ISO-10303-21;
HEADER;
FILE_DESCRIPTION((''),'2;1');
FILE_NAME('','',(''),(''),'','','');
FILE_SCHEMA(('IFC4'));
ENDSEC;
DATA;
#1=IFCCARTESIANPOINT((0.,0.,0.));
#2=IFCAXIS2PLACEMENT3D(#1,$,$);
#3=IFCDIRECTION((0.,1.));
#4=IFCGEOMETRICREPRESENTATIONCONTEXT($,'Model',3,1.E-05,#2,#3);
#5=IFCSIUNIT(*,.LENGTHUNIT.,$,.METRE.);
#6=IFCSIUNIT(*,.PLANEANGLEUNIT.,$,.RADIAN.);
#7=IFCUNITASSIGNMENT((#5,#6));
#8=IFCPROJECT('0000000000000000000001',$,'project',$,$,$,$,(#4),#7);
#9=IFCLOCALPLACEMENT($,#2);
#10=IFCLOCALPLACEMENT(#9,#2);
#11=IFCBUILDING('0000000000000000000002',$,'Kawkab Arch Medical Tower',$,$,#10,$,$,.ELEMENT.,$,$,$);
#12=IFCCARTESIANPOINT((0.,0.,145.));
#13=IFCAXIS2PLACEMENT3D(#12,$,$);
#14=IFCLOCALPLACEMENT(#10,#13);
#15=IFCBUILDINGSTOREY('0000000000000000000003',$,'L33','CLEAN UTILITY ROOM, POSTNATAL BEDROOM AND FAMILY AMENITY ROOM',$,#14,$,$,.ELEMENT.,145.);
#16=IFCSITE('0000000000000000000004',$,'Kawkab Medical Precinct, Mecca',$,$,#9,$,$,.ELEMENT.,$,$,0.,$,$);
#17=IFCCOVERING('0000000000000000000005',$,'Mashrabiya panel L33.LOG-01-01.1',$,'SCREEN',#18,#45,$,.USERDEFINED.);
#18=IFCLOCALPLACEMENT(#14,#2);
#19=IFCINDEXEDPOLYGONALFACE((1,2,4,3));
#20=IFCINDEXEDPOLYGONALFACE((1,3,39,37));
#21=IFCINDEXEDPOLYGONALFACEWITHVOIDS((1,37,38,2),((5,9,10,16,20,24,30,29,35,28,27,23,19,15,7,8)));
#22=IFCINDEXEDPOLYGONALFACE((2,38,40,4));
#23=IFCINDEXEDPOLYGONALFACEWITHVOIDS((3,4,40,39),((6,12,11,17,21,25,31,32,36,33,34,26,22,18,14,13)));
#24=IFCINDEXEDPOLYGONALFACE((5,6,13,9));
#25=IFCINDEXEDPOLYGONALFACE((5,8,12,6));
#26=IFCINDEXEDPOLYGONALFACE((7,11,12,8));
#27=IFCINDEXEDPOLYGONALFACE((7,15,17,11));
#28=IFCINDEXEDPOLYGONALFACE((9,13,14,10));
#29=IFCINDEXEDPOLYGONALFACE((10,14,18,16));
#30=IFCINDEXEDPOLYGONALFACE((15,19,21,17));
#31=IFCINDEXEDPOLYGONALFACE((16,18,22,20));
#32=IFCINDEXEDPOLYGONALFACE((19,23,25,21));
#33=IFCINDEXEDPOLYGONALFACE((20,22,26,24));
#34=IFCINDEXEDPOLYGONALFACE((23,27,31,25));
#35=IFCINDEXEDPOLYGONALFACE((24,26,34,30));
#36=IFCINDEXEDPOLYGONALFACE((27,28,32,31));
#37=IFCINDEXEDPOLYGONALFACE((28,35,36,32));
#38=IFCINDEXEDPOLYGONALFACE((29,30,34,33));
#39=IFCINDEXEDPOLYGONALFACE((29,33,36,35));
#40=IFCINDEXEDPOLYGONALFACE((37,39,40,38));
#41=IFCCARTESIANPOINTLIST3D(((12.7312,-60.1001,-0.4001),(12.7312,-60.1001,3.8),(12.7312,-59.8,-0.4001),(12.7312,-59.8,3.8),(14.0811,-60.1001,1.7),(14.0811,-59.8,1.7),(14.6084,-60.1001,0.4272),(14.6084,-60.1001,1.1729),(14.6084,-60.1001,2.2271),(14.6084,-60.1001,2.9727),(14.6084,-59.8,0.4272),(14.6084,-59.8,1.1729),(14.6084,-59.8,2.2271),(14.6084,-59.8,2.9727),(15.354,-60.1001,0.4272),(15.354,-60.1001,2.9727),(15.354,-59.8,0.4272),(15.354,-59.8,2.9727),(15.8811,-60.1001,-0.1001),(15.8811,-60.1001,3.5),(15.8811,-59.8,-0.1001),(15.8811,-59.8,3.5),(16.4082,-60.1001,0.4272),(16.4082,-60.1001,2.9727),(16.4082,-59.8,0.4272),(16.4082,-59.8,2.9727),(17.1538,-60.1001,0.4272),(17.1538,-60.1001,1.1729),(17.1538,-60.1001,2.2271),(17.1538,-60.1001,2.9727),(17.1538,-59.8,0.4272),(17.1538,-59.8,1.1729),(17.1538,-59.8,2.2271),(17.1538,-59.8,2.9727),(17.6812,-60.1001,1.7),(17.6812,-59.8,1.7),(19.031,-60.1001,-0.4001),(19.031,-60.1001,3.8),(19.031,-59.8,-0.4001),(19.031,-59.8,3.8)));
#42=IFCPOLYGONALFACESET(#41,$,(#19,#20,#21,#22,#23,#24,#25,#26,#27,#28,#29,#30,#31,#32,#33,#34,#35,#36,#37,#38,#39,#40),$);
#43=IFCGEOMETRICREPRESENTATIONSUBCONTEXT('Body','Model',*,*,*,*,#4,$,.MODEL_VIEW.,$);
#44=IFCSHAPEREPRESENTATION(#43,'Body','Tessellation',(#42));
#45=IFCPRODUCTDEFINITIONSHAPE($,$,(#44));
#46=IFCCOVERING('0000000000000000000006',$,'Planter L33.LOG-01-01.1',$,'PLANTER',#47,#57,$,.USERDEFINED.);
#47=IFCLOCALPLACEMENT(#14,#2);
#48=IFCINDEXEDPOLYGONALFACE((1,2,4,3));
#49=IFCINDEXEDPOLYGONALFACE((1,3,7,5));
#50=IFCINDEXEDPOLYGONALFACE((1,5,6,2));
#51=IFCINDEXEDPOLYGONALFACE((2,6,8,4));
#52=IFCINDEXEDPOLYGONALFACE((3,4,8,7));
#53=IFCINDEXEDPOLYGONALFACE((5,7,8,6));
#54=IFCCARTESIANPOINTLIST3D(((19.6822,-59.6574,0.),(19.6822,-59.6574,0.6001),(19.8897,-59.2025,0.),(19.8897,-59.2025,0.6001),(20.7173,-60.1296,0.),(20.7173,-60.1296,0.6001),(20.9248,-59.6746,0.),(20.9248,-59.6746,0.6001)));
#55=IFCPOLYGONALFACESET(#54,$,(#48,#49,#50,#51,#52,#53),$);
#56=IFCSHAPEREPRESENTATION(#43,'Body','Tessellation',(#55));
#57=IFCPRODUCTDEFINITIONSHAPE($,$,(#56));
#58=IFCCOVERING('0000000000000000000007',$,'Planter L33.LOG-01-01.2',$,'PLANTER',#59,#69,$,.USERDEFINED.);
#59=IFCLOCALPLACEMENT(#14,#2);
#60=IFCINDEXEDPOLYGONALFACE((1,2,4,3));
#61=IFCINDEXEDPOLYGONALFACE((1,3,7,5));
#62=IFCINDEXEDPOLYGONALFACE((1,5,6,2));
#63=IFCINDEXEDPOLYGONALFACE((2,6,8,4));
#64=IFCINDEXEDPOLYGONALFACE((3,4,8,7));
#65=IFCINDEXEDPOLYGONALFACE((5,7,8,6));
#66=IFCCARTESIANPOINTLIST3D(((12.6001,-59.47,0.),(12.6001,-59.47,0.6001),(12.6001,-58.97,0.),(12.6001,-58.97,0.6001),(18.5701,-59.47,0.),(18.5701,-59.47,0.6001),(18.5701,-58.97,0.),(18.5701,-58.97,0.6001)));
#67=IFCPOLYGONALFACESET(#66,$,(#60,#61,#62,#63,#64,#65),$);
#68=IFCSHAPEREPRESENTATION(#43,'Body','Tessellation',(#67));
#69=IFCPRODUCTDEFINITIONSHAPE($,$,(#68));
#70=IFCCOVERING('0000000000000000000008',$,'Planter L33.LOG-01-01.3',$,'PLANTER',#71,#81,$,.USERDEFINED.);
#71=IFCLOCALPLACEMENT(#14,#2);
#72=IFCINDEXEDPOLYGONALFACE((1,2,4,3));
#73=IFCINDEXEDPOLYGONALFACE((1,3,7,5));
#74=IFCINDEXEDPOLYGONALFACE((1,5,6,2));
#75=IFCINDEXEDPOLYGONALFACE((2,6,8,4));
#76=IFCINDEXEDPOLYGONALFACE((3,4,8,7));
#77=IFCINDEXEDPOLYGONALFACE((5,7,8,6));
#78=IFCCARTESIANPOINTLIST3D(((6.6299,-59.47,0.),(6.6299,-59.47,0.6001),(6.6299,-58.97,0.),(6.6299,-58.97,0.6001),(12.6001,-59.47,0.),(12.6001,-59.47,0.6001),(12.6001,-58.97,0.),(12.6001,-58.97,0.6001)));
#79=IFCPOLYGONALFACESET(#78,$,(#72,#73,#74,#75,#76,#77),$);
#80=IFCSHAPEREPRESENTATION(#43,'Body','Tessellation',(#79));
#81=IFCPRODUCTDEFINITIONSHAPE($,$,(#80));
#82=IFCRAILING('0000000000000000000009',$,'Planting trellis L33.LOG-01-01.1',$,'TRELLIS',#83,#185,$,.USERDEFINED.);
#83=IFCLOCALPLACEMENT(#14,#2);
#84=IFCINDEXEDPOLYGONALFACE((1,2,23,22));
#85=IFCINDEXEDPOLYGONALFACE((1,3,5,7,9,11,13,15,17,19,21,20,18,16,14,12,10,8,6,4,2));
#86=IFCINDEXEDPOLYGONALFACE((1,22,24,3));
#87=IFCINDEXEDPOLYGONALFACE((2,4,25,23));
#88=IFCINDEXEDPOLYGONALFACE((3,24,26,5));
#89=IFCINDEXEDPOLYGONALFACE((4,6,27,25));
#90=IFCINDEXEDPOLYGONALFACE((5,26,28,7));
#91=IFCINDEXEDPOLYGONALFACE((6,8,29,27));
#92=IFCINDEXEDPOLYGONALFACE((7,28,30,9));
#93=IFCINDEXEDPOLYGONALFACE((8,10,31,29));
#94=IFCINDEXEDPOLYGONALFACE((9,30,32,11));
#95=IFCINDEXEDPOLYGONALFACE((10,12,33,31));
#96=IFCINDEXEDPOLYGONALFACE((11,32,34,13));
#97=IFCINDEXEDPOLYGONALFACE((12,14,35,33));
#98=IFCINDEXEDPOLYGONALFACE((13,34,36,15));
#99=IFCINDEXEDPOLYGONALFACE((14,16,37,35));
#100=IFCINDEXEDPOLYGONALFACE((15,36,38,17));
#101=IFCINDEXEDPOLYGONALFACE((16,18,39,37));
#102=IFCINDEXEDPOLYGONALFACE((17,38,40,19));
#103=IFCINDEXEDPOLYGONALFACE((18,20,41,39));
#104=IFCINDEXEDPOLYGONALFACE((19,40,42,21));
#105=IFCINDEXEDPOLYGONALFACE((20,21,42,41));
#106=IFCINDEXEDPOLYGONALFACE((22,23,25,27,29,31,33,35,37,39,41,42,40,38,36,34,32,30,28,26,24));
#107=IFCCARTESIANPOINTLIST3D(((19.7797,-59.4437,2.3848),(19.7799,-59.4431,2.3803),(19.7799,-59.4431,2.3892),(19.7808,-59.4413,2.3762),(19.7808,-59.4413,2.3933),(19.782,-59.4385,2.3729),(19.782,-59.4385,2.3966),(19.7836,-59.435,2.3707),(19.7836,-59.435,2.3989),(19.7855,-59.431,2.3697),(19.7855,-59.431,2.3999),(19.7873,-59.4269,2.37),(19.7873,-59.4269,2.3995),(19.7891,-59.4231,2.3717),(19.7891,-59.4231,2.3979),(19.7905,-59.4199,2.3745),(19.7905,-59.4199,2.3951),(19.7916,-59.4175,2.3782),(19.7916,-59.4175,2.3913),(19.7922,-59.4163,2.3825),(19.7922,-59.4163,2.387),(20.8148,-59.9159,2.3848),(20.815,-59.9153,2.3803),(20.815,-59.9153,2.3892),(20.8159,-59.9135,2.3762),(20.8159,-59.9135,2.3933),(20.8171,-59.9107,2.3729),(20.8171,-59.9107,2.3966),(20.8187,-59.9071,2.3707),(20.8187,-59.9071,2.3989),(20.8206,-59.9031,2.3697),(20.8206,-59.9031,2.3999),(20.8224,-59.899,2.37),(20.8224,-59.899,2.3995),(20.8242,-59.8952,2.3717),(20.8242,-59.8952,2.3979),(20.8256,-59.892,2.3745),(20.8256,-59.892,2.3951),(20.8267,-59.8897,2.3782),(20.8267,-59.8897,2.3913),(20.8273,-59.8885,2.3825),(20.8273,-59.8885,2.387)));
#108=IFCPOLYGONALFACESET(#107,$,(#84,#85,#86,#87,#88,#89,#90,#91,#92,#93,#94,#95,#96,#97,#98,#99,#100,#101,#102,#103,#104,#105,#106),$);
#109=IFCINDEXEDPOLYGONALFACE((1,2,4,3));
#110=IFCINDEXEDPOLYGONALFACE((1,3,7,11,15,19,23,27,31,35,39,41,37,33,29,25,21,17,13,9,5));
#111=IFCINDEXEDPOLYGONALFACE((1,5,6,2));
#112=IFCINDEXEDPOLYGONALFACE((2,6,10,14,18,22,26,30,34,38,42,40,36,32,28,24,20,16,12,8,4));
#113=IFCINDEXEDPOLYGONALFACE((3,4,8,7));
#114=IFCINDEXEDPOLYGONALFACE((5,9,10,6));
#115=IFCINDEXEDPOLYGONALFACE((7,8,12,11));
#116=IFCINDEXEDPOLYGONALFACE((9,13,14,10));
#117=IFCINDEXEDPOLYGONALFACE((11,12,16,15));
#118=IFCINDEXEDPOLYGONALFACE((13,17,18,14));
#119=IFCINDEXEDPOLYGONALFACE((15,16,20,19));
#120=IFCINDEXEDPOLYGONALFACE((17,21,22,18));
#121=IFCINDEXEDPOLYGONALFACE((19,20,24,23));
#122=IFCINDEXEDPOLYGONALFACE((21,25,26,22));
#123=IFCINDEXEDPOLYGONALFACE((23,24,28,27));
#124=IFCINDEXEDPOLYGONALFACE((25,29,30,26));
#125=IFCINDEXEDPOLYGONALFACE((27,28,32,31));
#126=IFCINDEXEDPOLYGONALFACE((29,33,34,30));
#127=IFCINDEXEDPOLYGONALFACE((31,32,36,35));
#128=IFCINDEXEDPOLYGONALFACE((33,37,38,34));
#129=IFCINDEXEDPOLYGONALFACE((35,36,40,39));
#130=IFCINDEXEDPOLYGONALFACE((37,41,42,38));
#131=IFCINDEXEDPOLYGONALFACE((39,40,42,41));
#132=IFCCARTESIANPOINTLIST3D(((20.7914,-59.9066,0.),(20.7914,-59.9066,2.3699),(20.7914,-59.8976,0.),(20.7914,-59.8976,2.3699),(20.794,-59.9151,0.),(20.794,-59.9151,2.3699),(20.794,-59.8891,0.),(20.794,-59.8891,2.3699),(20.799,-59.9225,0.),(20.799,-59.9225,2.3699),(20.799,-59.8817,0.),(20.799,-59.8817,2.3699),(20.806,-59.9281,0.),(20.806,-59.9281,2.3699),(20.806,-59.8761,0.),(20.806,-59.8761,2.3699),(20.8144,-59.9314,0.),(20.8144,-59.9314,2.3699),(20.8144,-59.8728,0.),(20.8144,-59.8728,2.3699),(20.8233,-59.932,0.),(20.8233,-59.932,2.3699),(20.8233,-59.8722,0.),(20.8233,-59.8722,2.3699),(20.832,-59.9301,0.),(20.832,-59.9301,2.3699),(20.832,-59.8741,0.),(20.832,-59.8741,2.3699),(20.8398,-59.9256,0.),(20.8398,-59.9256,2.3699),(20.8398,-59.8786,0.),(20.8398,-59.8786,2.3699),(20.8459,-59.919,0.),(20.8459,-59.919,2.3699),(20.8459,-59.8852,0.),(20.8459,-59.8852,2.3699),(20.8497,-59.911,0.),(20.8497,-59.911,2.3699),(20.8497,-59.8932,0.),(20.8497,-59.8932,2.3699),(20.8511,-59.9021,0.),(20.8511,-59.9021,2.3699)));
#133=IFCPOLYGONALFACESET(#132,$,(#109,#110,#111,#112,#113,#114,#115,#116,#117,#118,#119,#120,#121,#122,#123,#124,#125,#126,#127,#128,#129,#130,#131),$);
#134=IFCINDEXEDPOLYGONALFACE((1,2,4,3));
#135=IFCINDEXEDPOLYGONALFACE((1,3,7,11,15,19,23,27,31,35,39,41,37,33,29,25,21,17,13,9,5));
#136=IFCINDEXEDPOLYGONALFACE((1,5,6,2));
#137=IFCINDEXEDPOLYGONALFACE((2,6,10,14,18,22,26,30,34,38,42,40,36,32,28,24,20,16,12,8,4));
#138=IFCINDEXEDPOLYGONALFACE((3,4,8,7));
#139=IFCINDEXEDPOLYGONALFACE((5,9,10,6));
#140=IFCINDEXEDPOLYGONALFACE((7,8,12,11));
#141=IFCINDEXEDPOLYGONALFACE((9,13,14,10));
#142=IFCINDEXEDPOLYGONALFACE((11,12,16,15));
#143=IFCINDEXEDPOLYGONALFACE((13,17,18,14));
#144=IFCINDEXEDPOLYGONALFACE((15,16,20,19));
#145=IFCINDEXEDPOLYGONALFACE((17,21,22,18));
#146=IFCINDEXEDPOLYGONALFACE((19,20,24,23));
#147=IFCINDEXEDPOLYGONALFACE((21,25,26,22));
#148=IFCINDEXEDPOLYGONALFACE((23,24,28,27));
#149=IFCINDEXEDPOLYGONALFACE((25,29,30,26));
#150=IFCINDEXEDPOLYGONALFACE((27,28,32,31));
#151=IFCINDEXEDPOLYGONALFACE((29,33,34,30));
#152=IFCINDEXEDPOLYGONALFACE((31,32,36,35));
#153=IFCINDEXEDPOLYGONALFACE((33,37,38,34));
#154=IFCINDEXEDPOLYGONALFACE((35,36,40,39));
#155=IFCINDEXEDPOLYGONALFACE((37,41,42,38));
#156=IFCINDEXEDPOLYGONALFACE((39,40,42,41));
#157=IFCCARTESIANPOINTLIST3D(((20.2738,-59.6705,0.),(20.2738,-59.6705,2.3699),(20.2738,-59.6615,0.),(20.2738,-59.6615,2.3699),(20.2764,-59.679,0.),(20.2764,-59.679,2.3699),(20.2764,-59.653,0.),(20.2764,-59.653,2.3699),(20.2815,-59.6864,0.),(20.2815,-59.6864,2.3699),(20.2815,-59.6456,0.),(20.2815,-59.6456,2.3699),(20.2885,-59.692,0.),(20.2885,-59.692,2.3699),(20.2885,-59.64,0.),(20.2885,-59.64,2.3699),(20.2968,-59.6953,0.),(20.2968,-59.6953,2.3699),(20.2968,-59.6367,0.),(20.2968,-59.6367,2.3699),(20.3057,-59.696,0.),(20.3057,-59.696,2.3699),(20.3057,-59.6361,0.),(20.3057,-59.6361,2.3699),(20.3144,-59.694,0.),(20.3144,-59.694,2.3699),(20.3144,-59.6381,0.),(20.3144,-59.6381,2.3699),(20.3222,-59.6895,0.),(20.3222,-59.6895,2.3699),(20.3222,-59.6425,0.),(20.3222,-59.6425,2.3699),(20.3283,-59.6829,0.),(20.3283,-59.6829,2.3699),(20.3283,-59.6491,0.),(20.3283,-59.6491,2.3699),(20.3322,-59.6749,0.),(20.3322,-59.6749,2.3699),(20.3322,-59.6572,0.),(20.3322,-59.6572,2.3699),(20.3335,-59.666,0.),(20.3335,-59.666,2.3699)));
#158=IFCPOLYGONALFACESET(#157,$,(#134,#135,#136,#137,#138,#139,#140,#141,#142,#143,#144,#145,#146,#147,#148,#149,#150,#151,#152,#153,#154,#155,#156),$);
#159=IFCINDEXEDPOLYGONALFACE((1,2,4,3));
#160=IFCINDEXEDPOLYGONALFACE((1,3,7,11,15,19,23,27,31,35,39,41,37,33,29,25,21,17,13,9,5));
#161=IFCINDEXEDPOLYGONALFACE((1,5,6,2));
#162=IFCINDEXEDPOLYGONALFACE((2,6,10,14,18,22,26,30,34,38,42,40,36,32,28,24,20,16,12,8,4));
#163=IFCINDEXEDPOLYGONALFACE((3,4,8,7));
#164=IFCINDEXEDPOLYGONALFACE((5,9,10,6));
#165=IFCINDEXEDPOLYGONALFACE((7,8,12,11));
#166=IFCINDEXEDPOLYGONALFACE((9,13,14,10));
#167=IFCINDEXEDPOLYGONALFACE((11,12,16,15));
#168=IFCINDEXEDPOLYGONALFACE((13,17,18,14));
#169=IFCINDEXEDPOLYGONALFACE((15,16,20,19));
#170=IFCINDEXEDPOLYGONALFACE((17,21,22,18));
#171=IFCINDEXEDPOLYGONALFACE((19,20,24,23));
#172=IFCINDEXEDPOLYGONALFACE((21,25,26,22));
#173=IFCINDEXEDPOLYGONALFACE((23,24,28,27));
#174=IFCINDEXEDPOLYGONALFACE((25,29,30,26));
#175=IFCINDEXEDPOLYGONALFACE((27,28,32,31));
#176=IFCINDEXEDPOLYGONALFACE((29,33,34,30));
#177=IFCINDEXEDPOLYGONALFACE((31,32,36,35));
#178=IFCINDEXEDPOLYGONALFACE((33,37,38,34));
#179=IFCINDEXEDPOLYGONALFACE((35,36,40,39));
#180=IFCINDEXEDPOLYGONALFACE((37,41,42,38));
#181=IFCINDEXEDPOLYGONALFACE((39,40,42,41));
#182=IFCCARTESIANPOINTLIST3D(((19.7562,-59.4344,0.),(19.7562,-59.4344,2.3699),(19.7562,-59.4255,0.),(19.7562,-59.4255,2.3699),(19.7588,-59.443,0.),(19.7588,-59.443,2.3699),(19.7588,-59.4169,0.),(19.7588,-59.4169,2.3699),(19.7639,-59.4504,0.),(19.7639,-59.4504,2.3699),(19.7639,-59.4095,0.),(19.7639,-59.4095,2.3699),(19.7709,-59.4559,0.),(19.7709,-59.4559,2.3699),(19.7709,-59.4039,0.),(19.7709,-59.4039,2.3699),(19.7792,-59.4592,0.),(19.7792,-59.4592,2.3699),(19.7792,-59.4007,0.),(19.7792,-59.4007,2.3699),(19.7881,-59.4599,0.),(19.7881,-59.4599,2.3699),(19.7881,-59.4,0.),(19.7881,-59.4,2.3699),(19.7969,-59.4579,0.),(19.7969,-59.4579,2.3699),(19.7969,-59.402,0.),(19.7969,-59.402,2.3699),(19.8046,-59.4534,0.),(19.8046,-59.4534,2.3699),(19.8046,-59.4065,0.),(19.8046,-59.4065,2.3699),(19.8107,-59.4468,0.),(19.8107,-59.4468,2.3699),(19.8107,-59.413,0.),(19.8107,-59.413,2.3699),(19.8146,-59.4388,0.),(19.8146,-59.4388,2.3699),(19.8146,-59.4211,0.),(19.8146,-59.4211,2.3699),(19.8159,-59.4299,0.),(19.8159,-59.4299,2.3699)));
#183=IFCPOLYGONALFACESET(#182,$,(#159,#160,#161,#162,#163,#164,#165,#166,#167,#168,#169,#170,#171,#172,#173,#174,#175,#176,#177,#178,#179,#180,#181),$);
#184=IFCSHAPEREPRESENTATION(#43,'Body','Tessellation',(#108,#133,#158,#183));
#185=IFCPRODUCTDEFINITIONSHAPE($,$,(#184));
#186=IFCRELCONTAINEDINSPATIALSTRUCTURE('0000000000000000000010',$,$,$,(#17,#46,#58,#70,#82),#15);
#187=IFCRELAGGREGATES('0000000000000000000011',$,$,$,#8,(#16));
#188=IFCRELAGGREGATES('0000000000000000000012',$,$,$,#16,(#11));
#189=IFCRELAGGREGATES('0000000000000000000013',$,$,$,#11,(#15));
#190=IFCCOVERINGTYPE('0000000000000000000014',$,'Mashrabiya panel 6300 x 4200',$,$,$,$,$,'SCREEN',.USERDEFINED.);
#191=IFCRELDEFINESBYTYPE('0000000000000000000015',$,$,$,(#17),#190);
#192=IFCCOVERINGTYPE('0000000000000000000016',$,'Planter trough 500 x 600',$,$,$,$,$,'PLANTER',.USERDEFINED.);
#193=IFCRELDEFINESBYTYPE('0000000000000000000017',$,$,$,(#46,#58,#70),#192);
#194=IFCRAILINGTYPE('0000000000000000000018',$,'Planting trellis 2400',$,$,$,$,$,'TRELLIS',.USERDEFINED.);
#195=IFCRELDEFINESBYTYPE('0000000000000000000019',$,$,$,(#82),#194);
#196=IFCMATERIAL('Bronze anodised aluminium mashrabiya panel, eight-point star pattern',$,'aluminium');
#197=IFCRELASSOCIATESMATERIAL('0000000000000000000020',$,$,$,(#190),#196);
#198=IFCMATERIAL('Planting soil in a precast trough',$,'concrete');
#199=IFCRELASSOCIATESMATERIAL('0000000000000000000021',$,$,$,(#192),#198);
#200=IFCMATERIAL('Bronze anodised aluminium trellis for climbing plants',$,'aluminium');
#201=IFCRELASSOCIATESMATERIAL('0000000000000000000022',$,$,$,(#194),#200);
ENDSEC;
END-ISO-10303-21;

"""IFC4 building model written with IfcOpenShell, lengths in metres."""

from ifc_helpers import new_model, si_unit, direction, frame, origin, origin_2d, place, context, subcontext, project, spatial, polyline, rectangle, circle, outline, extrude, material, material_profile, profile_set, type_object, element, save


model = new_model("IFC4")

# Units and contexts
model_context = context("Model", 3, precision=1e-05, world=origin(), true_north=direction((0.0, 1.0)))
body_context = subcontext(model_context, "Body", "Model", "MODEL_VIEW")
ifc_project = project(units=[si_unit("LENGTHUNIT", "METRE"), si_unit("PLANEANGLEUNIT", "RADIAN")], contexts=[model_context])

# Site, building, storey
site_placement = place(None, origin())
site = spatial("IfcSite", under=ifc_project, at=site_placement, Name="Kawkab Medical Precinct, Mecca", CompositionType="ELEMENT", RefElevation=0.0)
building_placement = place(site_placement, origin())
building = spatial("IfcBuilding", under=site, at=building_placement, Name="Kawkab Arch Medical Tower", CompositionType="ELEMENT")
storey_placement = place(building_placement, frame((0.0, 0.0, 145.0)))
storey = spatial("IfcBuildingStorey", under=building, at=storey_placement, Name="L33", Description="CLEAN UTILITY ROOM, POSTNATAL BEDROOM AND FAMILY AMENITY ROOM", CompositionType="ELEMENT", Elevation=145.0)

# Coverings
ifc_material_1 = material(Name="Bronze anodised aluminium mashrabiya panel, eight-point star pattern", Category="aluminium")
ifc_material_profile_1 = material_profile(ifc_material_1, outline(polyline([(-3.1499, -2.1001), (3.1499, -2.1001), (3.1499, 2.1001), (-3.1499, 2.1001), (-3.1499, -2.1001)]), holes=[polyline([(1.8, 0.0), (1.2727, 0.5271), (1.2727, 1.2727), (0.5271, 1.2727), (0.0, 1.8), (-0.5271, 1.2727), (-1.2727, 1.2727), (-1.2727, 0.5271), (-1.8, 0.0), (-1.2727, -0.5271), (-1.2727, -1.2727), (-0.5271, -1.2727), (0.0, -1.8), (0.5271, -1.2727), (1.2727, -1.2727), (1.2727, -0.5271), (1.8, 0.0)])]), Name="Mashrabiya panel 6300x4200")
ifc_profile_set_1 = profile_set([ifc_material_profile_1], Name="Bronze anodised aluminium mashrabiya panel, eight-point star pattern")
covering_type_1 = type_object("IfcCoveringType", Name="Mashrabiya panel 6300 x 4200", ElementType="SCREEN", PredefinedType="USERDEFINED", material=ifc_profile_set_1)
covering_1_placement = place(storey_placement, frame((15.8811, -59.8, 1.7), z_axis=(0.0, -1.0, 0.0), x_axis=(1.0, 0.0, 0.0)))
element("IfcCovering", 1, at=covering_1_placement, inside=storey, type_object=covering_type_1, Name="Mashrabiya panel L33.LOG-01-01.1", ObjectType="SCREEN", PredefinedType="USERDEFINED", context=body_context, shape_type="SweptSolid", body=[
    extrude(outline(polyline([(-3.1499, -2.1001), (3.1499, -2.1001), (3.1499, 2.1001), (-3.1499, 2.1001), (-3.1499, -2.1001)]), holes=[polyline([(1.8, 0.0), (1.2727, 0.5271), (1.2727, 1.2727), (0.5271, 1.2727), (0.0, 1.8), (-0.5271, 1.2727), (-1.2727, 1.2727), (-1.2727, 0.5271), (-1.8, 0.0), (-1.2727, -0.5271), (-1.2727, -1.2727), (-0.5271, -1.2727), (0.0, -1.8), (0.5271, -1.2727), (1.2727, -1.2727), (1.2727, -0.5271), (1.8, 0.0)])]), origin(), (0.0, 0.0, 1.0), 0.3),
])
ifc_material_2 = material(Name="Planting soil in a precast trough", Category="concrete")
ifc_material_profile_2 = material_profile(ifc_material_2, rectangle(XDim=0.5, YDim=0.6001, at=origin_2d()), Name="Trough 500x600")
ifc_profile_set_2 = profile_set([ifc_material_profile_2], Name="Planting soil in a precast trough")
covering_type_2 = type_object("IfcCoveringType", Name="Planter trough 500 x 600", ElementType="PLANTER", PredefinedType="USERDEFINED", material=ifc_profile_set_2)
covering_2_placement = place(storey_placement, frame((20.821, -59.9021, 0.3), z_axis=(-0.909822, 0.414999, 0.0), x_axis=(-0.414999, -0.909822, 0.0)))
element("IfcCovering", 2, at=covering_2_placement, inside=storey, type_object=covering_type_2, Name="Planter L33.LOG-01-01.1", ObjectType="PLANTER", PredefinedType="USERDEFINED", context=body_context, shape_type="SweptSolid", body=[
    extrude(rectangle(XDim=0.5, YDim=0.6001, at=origin_2d()), origin(), (0.0, 0.0, 1.0), 1.1377),
])
covering_3_placement = place(storey_placement, frame((18.5701, -59.22, 0.3), z_axis=(-1.0, 0.0, 0.0), x_axis=(0.0, -1.0, 0.0)))
element("IfcCovering", 3, at=covering_3_placement, inside=storey, type_object=covering_type_2, Name="Planter L33.LOG-01-01.2", ObjectType="PLANTER", PredefinedType="USERDEFINED", context=body_context, shape_type="SweptSolid", body=[
    extrude(rectangle(XDim=0.5, YDim=0.6001, at=origin_2d()), origin(), (0.0, 0.0, 1.0), 5.97),
])
covering_4_placement = place(storey_placement, frame((12.6001, -59.22, 0.3), z_axis=(-1.0, 0.0, 0.0), x_axis=(0.0, -1.0, 0.0)))
element("IfcCovering", 4, at=covering_4_placement, inside=storey, type_object=covering_type_2, Name="Planter L33.LOG-01-01.3", ObjectType="PLANTER", PredefinedType="USERDEFINED", context=body_context, shape_type="SweptSolid", body=[
    extrude(rectangle(XDim=0.5, YDim=0.6001, at=origin_2d()), origin(), (0.0, 0.0, 1.0), 5.9702),
])

# Railing
ifc_material_3 = material(Name="Bronze anodised aluminium trellis for climbing plants", Category="aluminium")
railing_type_1 = type_object("IfcRailingType", Name="Planting trellis 2400", ElementType="TRELLIS", PredefinedType="USERDEFINED", material=ifc_material_3)
railing_1_placement = place(storey_placement, frame((20.821, -59.9021, 0.0)))
element("IfcRailing", 5, at=railing_1_placement, inside=storey, type_object=railing_type_1, Name="Planting trellis L33.LOG-01-01.1", ObjectType="TRELLIS", PredefinedType="USERDEFINED", context=body_context, shape_type="SweptSolid", body=[
    extrude(circle(Radius=0.0151, at=origin_2d()), frame((0.0, 0.0, 2.3848), z_axis=(-0.909822, 0.414999, 0.0), x_axis=(-0.414999, -0.909822, 0.0)), (0.0, 0.0, 1.0), 1.1377),
    extrude(circle(Radius=0.03, at=origin_2d()), origin(), (0.0, 0.0, 1.0), 2.3699),
    extrude(circle(Radius=0.03, at=origin_2d()), frame((-0.5176, 0.2361, 0.0)), (0.0, 0.0, 1.0), 2.3699),
    extrude(circle(Radius=0.03, at=origin_2d()), frame((-1.0352, 0.4722, 0.0)), (0.0, 0.0, 1.0), 2.3699),
])

save(model, "model.ifc")
